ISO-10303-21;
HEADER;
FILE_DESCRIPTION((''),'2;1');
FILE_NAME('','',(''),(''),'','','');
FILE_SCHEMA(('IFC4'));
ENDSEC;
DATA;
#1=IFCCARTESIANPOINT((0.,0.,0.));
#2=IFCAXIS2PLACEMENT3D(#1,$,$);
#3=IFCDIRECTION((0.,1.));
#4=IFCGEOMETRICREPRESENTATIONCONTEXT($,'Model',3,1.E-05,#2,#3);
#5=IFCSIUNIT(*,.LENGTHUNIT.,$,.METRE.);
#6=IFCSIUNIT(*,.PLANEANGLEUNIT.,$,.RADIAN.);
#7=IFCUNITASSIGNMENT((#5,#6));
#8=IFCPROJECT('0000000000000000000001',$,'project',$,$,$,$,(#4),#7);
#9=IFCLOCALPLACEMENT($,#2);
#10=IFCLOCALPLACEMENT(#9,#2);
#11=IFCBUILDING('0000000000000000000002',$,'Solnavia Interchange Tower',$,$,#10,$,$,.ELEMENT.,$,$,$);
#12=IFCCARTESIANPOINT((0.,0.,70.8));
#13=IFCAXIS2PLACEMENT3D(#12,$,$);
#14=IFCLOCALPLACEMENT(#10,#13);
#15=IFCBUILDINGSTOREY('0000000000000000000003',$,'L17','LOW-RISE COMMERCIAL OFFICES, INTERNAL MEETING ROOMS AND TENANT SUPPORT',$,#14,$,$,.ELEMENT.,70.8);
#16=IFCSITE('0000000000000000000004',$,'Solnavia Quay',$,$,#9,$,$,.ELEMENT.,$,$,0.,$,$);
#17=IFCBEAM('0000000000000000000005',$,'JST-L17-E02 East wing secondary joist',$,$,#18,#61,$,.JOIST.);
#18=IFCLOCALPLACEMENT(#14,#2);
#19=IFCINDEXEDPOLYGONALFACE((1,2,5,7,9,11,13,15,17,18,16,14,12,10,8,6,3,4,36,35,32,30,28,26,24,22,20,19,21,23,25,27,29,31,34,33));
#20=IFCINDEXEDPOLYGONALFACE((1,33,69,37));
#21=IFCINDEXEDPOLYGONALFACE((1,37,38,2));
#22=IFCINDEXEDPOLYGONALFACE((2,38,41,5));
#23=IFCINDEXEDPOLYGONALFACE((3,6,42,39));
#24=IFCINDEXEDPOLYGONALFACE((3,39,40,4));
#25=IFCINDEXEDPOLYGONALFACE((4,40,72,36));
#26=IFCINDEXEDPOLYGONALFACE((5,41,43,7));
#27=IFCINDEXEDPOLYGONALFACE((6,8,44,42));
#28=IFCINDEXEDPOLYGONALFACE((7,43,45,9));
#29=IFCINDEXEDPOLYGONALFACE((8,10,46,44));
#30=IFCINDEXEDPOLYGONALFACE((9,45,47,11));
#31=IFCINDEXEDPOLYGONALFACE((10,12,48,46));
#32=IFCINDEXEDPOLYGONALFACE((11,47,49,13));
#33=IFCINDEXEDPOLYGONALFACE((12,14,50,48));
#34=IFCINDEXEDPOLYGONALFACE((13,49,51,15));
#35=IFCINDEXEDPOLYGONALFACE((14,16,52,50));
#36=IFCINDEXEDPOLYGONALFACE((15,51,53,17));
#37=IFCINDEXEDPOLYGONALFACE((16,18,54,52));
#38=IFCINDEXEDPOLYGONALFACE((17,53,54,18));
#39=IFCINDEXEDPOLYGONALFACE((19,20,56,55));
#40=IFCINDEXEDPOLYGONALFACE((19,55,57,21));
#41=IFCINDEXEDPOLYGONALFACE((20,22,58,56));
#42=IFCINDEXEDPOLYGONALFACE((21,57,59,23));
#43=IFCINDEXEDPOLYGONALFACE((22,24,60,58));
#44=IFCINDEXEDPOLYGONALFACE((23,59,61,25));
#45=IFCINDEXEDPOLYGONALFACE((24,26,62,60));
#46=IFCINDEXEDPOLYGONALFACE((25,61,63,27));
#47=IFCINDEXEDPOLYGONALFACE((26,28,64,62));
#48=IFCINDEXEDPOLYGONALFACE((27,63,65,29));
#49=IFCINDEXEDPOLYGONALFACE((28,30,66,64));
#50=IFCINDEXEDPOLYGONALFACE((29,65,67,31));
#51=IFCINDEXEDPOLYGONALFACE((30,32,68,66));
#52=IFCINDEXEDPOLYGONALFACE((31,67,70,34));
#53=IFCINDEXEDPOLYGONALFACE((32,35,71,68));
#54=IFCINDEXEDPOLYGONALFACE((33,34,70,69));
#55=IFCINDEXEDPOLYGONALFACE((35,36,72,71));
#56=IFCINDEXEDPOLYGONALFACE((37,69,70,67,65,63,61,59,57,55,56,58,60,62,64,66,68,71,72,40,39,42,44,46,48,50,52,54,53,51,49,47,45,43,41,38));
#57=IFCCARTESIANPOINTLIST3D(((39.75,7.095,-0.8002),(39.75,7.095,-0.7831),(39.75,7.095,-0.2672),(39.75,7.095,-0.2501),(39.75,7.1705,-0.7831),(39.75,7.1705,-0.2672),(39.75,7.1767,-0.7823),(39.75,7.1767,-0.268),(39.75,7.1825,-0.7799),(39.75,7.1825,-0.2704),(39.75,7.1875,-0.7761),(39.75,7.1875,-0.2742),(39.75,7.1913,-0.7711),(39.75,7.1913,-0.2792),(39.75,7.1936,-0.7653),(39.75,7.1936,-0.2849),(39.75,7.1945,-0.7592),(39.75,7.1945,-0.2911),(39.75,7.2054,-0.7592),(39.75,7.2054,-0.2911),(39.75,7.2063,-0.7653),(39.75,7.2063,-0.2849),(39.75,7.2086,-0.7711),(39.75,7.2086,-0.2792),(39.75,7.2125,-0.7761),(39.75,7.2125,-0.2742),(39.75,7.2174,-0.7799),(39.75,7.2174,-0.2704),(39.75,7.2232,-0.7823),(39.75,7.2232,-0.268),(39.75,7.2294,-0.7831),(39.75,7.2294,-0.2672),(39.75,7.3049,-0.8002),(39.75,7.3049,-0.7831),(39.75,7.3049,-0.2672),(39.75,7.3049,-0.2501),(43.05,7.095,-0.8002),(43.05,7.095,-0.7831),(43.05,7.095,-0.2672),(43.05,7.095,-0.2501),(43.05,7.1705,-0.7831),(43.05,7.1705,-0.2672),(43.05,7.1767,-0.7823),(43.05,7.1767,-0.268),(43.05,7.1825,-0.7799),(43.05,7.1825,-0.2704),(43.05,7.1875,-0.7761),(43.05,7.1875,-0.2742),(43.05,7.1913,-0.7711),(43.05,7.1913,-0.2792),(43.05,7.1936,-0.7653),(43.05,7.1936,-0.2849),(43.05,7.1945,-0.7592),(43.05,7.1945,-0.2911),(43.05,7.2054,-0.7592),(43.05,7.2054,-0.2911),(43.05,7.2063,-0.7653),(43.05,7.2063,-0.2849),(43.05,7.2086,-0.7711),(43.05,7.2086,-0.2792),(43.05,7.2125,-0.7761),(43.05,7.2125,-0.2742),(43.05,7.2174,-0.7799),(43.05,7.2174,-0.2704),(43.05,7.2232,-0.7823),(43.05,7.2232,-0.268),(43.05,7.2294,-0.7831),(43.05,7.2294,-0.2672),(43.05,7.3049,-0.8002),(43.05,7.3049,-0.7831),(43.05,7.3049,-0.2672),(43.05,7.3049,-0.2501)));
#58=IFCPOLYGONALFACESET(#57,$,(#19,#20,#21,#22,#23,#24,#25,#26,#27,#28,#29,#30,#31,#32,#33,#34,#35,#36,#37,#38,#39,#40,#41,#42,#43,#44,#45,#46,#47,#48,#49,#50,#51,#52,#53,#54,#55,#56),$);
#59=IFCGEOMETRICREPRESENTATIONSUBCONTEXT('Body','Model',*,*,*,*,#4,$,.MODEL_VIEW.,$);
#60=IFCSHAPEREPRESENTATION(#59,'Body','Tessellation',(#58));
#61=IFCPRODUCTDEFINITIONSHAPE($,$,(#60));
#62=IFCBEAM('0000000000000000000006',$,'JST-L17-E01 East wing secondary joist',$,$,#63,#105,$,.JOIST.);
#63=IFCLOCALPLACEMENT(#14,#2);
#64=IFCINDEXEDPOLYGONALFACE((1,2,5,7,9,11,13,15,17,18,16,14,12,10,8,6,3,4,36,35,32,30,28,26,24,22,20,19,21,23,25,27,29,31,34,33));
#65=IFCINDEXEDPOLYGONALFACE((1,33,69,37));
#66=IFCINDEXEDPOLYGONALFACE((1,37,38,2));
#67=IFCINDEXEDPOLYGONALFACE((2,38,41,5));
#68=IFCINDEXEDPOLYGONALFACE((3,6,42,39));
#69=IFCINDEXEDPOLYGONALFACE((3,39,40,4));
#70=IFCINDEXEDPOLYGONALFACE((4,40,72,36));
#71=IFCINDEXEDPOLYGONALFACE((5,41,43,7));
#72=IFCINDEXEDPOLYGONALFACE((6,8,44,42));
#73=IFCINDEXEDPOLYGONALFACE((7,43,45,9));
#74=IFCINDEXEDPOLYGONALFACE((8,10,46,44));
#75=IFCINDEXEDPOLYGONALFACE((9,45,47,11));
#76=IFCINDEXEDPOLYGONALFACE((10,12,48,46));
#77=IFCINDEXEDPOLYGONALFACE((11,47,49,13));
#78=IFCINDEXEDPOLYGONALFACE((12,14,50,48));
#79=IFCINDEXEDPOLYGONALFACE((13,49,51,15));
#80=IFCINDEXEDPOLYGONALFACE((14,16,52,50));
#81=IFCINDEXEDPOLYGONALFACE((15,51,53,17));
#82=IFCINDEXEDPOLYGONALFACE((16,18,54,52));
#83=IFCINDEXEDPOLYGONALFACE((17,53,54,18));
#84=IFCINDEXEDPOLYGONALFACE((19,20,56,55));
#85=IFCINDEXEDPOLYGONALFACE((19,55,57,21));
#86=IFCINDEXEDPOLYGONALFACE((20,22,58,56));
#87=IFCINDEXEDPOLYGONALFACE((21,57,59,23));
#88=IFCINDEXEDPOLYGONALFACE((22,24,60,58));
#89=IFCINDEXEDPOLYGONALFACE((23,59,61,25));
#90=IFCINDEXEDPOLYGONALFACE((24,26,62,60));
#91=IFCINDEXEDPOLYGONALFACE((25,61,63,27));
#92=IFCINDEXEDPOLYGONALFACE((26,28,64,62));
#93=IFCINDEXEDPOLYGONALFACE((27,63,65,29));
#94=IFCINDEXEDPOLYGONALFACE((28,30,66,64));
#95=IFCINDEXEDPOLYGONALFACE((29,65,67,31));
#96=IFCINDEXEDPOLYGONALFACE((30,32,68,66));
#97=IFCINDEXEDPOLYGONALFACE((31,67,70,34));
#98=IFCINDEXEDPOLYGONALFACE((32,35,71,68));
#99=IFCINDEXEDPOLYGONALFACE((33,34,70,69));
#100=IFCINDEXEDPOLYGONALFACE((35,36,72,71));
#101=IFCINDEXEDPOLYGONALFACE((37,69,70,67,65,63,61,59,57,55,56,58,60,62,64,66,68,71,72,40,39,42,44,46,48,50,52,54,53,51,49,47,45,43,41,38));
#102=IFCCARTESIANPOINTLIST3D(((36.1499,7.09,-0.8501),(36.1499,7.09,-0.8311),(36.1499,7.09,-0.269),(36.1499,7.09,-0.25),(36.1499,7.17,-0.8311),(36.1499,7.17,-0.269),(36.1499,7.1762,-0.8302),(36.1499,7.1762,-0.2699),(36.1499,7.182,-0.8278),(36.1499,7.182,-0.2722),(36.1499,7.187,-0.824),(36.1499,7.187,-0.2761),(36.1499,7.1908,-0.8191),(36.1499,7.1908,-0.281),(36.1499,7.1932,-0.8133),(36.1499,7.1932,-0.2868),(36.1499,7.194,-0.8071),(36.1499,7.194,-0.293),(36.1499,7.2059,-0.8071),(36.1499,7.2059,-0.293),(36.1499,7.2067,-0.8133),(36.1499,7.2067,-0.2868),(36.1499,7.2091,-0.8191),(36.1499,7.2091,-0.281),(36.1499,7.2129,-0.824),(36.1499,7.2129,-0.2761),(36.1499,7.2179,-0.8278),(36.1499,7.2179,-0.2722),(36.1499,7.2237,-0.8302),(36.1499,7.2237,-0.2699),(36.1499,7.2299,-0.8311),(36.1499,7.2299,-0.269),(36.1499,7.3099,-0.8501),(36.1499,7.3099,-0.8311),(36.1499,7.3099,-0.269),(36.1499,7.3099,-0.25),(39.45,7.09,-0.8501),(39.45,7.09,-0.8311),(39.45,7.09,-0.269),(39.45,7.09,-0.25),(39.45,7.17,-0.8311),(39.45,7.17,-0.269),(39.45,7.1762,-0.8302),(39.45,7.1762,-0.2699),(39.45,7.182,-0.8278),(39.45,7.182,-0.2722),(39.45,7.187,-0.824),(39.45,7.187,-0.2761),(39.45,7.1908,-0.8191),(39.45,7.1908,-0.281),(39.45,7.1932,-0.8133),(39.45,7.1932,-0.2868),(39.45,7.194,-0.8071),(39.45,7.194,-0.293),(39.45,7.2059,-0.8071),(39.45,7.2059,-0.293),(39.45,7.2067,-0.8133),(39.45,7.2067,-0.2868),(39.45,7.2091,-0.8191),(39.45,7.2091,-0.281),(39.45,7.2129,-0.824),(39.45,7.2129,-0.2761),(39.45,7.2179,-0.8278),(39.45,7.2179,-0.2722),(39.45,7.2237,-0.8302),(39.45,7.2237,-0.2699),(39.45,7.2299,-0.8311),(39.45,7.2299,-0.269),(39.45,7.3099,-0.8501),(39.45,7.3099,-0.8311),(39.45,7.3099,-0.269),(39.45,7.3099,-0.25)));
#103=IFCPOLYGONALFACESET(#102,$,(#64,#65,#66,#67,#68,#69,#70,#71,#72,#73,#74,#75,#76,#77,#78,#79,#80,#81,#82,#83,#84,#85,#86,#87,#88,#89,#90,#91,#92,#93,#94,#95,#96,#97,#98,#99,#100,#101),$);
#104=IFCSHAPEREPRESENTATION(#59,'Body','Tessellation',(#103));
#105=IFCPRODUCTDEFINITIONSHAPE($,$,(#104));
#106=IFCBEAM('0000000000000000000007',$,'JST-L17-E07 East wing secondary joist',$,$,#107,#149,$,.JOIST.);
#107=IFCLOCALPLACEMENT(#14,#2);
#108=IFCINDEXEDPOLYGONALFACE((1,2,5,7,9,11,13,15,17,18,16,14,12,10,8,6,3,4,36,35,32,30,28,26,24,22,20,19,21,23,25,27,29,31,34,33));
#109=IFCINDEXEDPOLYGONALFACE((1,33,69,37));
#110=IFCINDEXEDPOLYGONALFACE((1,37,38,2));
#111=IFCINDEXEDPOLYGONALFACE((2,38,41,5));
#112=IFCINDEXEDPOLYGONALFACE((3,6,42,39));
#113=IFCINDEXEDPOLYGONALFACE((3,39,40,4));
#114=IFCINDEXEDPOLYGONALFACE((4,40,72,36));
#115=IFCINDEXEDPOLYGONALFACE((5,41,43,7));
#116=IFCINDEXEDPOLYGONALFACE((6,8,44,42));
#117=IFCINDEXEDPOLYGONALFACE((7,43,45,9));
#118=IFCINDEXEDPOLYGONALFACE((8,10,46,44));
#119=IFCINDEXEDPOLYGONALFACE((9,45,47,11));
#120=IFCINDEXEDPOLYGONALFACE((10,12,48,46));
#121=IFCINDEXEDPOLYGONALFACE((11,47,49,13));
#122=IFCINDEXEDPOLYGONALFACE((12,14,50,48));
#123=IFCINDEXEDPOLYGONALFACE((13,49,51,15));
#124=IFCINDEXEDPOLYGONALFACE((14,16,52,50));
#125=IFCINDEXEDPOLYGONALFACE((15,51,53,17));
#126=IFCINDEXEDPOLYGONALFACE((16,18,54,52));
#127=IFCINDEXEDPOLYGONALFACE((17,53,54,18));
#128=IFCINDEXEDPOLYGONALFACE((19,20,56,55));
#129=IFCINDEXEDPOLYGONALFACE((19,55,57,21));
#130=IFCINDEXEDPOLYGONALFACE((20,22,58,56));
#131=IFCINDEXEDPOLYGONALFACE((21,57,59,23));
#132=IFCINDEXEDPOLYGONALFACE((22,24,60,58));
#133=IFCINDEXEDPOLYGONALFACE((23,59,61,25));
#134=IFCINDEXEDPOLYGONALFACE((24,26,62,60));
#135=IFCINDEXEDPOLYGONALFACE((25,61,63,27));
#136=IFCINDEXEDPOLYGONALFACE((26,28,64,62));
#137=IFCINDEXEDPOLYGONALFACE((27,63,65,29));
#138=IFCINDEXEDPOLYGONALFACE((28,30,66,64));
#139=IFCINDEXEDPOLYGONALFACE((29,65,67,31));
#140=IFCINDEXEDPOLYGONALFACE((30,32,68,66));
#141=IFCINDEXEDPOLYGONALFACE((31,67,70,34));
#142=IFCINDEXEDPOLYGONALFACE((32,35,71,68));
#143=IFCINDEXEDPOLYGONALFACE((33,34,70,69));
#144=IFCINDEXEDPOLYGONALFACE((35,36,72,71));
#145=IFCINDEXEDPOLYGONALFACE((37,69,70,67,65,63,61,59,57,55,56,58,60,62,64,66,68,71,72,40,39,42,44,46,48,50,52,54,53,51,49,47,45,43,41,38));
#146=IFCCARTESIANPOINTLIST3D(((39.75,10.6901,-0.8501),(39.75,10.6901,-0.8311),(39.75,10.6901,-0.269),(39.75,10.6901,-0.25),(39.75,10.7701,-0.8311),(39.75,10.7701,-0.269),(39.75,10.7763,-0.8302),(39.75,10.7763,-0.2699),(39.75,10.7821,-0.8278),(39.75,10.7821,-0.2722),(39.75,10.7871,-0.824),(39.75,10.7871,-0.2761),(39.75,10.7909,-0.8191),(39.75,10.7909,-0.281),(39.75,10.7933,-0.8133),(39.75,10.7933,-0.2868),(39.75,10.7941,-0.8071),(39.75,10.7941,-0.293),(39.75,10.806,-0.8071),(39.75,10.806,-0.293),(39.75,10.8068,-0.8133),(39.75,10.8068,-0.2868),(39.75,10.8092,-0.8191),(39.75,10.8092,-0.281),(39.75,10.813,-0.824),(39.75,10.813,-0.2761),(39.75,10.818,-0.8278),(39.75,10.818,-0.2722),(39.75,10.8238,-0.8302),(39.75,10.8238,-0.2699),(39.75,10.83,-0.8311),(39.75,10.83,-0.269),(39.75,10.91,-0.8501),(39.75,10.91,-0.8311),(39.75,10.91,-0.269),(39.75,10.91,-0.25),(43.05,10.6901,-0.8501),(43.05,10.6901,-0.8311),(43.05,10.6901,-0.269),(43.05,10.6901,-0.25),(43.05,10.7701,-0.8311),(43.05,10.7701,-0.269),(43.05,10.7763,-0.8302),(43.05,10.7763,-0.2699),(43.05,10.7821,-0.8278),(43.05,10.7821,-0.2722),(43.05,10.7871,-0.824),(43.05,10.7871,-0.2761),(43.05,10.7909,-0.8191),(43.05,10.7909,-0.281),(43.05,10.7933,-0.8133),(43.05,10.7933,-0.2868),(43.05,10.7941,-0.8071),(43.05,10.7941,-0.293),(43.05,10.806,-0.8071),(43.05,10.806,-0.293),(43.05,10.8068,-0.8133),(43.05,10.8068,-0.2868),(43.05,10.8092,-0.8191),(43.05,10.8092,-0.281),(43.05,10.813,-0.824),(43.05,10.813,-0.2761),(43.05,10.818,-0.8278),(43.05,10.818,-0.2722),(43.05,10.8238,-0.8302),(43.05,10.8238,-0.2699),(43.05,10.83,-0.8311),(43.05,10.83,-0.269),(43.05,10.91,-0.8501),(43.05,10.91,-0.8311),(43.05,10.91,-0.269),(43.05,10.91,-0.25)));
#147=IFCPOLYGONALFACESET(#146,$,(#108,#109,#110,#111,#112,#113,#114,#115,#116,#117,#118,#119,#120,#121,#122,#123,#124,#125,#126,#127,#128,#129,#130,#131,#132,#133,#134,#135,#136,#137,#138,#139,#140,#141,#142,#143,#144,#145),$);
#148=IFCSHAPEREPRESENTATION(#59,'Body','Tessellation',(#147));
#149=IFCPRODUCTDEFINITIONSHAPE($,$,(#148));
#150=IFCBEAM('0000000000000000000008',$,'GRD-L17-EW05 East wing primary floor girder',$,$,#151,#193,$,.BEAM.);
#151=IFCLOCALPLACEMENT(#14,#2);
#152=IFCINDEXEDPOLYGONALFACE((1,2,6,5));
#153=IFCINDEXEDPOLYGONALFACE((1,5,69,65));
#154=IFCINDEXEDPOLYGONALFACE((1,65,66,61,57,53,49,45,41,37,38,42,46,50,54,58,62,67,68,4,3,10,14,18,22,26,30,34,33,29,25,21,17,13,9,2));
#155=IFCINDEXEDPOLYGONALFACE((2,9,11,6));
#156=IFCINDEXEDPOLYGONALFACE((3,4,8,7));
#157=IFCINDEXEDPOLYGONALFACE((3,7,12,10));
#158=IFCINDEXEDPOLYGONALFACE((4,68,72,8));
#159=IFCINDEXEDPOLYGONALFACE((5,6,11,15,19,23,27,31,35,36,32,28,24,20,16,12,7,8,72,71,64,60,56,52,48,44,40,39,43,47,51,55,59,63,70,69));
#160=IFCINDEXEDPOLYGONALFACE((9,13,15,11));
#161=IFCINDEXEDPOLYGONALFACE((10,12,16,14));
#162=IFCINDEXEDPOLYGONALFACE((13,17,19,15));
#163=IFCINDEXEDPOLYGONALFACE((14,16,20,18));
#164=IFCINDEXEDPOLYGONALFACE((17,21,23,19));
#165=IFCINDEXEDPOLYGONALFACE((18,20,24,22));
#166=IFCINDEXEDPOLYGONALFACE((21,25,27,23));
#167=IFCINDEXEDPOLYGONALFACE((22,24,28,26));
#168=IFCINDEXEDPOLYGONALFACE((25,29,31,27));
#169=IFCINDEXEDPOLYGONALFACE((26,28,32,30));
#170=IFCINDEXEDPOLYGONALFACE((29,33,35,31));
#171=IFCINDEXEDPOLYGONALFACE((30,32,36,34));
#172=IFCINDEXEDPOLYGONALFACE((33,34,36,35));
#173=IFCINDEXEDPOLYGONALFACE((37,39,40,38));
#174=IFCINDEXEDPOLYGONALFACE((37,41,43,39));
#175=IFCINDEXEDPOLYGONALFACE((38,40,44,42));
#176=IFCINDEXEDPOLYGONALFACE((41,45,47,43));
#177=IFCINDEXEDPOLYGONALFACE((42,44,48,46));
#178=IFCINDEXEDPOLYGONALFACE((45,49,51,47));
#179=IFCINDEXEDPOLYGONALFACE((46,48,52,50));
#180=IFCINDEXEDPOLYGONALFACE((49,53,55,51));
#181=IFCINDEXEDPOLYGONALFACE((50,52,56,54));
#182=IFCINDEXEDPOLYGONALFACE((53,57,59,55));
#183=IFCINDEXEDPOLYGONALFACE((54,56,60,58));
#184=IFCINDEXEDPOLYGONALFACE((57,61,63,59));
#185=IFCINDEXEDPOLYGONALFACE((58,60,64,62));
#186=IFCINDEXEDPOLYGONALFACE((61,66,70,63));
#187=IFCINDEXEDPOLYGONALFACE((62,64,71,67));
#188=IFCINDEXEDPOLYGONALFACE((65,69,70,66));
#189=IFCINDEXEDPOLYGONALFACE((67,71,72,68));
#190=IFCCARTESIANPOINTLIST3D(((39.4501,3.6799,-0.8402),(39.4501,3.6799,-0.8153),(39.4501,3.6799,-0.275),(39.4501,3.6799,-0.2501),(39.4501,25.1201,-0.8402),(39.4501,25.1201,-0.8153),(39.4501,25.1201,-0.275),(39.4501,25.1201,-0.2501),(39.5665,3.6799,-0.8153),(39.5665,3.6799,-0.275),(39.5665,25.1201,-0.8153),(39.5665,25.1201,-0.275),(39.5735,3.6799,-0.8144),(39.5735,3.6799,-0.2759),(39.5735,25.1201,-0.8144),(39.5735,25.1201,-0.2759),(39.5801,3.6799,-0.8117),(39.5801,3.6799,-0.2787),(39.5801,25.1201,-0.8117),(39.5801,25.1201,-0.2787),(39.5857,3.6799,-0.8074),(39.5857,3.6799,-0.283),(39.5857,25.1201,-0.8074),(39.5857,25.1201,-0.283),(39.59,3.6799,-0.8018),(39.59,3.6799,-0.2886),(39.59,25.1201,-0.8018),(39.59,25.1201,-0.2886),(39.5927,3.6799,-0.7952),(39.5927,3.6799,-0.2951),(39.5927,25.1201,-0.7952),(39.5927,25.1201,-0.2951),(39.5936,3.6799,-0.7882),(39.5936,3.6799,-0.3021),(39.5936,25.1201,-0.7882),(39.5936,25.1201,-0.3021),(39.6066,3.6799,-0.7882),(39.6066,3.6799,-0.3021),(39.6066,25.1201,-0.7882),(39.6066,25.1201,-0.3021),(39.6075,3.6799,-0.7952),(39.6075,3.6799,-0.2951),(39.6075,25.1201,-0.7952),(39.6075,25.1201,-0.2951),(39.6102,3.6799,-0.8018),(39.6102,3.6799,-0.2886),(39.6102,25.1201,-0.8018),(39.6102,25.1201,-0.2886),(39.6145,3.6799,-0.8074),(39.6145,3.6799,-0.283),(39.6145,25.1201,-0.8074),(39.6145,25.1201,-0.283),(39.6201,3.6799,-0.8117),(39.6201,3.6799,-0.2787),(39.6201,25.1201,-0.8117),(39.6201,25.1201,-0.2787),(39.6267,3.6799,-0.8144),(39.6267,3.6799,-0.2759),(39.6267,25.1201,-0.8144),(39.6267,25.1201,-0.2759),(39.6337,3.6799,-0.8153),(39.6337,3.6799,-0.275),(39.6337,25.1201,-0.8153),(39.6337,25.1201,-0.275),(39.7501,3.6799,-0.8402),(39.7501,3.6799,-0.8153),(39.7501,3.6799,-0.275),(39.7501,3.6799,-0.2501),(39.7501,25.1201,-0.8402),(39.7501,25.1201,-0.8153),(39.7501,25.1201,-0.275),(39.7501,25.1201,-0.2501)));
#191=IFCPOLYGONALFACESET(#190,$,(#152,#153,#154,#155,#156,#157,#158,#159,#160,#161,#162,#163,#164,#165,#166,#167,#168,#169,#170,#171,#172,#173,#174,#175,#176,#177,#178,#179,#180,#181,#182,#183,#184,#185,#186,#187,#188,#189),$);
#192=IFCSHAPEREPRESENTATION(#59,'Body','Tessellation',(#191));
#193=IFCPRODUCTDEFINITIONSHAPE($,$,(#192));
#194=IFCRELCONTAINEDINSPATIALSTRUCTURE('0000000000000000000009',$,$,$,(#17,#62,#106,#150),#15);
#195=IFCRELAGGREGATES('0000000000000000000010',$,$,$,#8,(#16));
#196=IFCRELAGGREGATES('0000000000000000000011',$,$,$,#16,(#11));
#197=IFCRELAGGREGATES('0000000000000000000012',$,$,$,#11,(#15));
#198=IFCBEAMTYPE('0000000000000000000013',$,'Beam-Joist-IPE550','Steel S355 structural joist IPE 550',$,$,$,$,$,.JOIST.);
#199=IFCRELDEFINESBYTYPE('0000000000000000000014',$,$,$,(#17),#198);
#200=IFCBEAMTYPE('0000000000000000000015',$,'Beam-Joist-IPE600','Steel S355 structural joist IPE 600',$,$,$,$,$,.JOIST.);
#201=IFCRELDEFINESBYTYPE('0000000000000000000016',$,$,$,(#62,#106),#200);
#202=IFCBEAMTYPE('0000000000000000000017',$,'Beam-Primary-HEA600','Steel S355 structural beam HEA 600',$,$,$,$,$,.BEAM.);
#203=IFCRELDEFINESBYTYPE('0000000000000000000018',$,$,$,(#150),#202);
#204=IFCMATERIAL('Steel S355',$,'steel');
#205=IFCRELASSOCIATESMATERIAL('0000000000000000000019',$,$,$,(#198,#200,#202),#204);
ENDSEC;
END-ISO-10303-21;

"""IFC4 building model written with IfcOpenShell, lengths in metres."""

from ifc_helpers import new_model, si_unit, direction, frame, origin, origin_2d, place, context, subcontext, project, spatial, i_section, extrude, material, material_profile, profile_set, type_object, element, save


model = new_model("IFC4")

# Units and contexts
model_context = context("Model", 3, precision=1e-05, world=origin(), true_north=direction((0.0, 1.0)))
body_context = subcontext(model_context, "Body", "Model", "MODEL_VIEW")
ifc_project = project(units=[si_unit("LENGTHUNIT", "METRE"), si_unit("PLANEANGLEUNIT", "RADIAN")], contexts=[model_context])

# Site, building, storey
site_placement = place(None, origin())
site = spatial("IfcSite", under=ifc_project, at=site_placement, Name="Solnavia Quay", CompositionType="ELEMENT", RefElevation=0.0)
building_placement = place(site_placement, origin())
building = spatial("IfcBuilding", under=site, at=building_placement, Name="Solnavia Interchange Tower", CompositionType="ELEMENT")
storey_placement = place(building_placement, frame((0.0, 0.0, 70.8)))
storey = spatial("IfcBuildingStorey", under=building, at=storey_placement, Name="L17", Description="LOW-RISE COMMERCIAL OFFICES, INTERNAL MEETING ROOMS AND TENANT SUPPORT", CompositionType="ELEMENT", Elevation=70.8)

# Beams
ifc_material_1 = material(Name="Steel S355", Category="steel")
ifc_material_profile_1 = material_profile(ifc_material_1, i_section(OverallWidth=0.21, OverallDepth=0.55, WebThickness=0.011, FlangeThickness=0.0171, FilletRadius=0.0239, at=origin_2d()), Name="IPE 550")
ifc_profile_set_1 = profile_set([ifc_material_profile_1], Name="Steel S355")
beam_type_1 = type_object("IfcBeamType", Name="Beam-Joist-IPE550", Description="Steel S355 structural joist IPE 550", PredefinedType="JOIST", material=ifc_profile_set_1)
beam_1_placement = place(storey_placement, frame((39.75, 7.2, -0.5251), z_axis=(1.0, 0.0, 0.0), x_axis=(0.0, 1.0, 0.0)))
element("IfcBeam", 1, at=beam_1_placement, inside=storey, type_object=beam_type_1, Name="JST-L17-E02 East wing secondary joist", PredefinedType="JOIST", context=body_context, shape_type="SweptSolid", body=[
    extrude(i_section(OverallWidth=0.21, OverallDepth=0.55, WebThickness=0.011, FlangeThickness=0.0171, FilletRadius=0.0239, at=origin_2d()), origin(), (0.0, 0.0, 1.0), 3.3),
])
ifc_material_profile_2 = material_profile(ifc_material_1, i_section(OverallWidth=0.22, OverallDepth=0.6001, WebThickness=0.012, FlangeThickness=0.019, FilletRadius=0.0239, at=origin_2d()), Name="IPE 600")
ifc_profile_set_2 = profile_set([ifc_material_profile_2], Name="Steel S355")
beam_type_2 = type_object("IfcBeamType", Name="Beam-Joist-IPE600", Description="Steel S355 structural joist IPE 600", PredefinedType="JOIST", material=ifc_profile_set_2)
for number, where, z_axis, x_axis, name in (
    (2, (36.1499, 7.2, -0.55), (1.0, 0.0, 0.0), (0.0, 1.0, 0.0), "JST-L17-E01 East wing secondary joist"),
    (3, (39.75, 10.8, -0.55), (1.0, 0.0, 0.0), (0.0, 1.0, 0.0), "JST-L17-E07 East wing secondary joist"),
):
    element("IfcBeam", number, at=place(storey_placement, frame(where, z_axis=z_axis, x_axis=x_axis)), inside=storey, type_object=beam_type_2, Name=name, PredefinedType="JOIST", context=body_context, shape_type="SweptSolid", body=[
        extrude(i_section(OverallWidth=0.22, OverallDepth=0.6001, WebThickness=0.012, FlangeThickness=0.019, FilletRadius=0.0239, at=origin_2d()), origin(), (0.0, 0.0, 1.0), 3.3),
    ])
ifc_material_profile_3 = material_profile(ifc_material_1, i_section(OverallWidth=0.3, OverallDepth=0.5901, WebThickness=0.0129, FlangeThickness=0.0249, FilletRadius=0.0271, at=origin_2d()), Name="HEA 600")
ifc_profile_set_3 = profile_set([ifc_material_profile_3], Name="Steel S355")
beam_type_3 = type_object("IfcBeamType", Name="Beam-Primary-HEA600", Description="Steel S355 structural beam HEA 600", PredefinedType="BEAM", material=ifc_profile_set_3)
beam_2_placement = place(storey_placement, frame((39.6001, 3.6799, -0.5452), z_axis=(0.0, 1.0, 0.0), x_axis=(-1.0, 0.0, 0.0)))
element("IfcBeam", 4, at=beam_2_placement, inside=storey, type_object=beam_type_3, Name="GRD-L17-EW05 East wing primary floor girder", PredefinedType="BEAM", context=body_context, shape_type="SweptSolid", body=[
    extrude(i_section(OverallWidth=0.3, OverallDepth=0.5901, WebThickness=0.0129, FlangeThickness=0.0249, FilletRadius=0.0271, at=origin_2d()), origin(), (0.0, 0.0, 1.0), 21.4402),
])

save(model, "model.ifc")
